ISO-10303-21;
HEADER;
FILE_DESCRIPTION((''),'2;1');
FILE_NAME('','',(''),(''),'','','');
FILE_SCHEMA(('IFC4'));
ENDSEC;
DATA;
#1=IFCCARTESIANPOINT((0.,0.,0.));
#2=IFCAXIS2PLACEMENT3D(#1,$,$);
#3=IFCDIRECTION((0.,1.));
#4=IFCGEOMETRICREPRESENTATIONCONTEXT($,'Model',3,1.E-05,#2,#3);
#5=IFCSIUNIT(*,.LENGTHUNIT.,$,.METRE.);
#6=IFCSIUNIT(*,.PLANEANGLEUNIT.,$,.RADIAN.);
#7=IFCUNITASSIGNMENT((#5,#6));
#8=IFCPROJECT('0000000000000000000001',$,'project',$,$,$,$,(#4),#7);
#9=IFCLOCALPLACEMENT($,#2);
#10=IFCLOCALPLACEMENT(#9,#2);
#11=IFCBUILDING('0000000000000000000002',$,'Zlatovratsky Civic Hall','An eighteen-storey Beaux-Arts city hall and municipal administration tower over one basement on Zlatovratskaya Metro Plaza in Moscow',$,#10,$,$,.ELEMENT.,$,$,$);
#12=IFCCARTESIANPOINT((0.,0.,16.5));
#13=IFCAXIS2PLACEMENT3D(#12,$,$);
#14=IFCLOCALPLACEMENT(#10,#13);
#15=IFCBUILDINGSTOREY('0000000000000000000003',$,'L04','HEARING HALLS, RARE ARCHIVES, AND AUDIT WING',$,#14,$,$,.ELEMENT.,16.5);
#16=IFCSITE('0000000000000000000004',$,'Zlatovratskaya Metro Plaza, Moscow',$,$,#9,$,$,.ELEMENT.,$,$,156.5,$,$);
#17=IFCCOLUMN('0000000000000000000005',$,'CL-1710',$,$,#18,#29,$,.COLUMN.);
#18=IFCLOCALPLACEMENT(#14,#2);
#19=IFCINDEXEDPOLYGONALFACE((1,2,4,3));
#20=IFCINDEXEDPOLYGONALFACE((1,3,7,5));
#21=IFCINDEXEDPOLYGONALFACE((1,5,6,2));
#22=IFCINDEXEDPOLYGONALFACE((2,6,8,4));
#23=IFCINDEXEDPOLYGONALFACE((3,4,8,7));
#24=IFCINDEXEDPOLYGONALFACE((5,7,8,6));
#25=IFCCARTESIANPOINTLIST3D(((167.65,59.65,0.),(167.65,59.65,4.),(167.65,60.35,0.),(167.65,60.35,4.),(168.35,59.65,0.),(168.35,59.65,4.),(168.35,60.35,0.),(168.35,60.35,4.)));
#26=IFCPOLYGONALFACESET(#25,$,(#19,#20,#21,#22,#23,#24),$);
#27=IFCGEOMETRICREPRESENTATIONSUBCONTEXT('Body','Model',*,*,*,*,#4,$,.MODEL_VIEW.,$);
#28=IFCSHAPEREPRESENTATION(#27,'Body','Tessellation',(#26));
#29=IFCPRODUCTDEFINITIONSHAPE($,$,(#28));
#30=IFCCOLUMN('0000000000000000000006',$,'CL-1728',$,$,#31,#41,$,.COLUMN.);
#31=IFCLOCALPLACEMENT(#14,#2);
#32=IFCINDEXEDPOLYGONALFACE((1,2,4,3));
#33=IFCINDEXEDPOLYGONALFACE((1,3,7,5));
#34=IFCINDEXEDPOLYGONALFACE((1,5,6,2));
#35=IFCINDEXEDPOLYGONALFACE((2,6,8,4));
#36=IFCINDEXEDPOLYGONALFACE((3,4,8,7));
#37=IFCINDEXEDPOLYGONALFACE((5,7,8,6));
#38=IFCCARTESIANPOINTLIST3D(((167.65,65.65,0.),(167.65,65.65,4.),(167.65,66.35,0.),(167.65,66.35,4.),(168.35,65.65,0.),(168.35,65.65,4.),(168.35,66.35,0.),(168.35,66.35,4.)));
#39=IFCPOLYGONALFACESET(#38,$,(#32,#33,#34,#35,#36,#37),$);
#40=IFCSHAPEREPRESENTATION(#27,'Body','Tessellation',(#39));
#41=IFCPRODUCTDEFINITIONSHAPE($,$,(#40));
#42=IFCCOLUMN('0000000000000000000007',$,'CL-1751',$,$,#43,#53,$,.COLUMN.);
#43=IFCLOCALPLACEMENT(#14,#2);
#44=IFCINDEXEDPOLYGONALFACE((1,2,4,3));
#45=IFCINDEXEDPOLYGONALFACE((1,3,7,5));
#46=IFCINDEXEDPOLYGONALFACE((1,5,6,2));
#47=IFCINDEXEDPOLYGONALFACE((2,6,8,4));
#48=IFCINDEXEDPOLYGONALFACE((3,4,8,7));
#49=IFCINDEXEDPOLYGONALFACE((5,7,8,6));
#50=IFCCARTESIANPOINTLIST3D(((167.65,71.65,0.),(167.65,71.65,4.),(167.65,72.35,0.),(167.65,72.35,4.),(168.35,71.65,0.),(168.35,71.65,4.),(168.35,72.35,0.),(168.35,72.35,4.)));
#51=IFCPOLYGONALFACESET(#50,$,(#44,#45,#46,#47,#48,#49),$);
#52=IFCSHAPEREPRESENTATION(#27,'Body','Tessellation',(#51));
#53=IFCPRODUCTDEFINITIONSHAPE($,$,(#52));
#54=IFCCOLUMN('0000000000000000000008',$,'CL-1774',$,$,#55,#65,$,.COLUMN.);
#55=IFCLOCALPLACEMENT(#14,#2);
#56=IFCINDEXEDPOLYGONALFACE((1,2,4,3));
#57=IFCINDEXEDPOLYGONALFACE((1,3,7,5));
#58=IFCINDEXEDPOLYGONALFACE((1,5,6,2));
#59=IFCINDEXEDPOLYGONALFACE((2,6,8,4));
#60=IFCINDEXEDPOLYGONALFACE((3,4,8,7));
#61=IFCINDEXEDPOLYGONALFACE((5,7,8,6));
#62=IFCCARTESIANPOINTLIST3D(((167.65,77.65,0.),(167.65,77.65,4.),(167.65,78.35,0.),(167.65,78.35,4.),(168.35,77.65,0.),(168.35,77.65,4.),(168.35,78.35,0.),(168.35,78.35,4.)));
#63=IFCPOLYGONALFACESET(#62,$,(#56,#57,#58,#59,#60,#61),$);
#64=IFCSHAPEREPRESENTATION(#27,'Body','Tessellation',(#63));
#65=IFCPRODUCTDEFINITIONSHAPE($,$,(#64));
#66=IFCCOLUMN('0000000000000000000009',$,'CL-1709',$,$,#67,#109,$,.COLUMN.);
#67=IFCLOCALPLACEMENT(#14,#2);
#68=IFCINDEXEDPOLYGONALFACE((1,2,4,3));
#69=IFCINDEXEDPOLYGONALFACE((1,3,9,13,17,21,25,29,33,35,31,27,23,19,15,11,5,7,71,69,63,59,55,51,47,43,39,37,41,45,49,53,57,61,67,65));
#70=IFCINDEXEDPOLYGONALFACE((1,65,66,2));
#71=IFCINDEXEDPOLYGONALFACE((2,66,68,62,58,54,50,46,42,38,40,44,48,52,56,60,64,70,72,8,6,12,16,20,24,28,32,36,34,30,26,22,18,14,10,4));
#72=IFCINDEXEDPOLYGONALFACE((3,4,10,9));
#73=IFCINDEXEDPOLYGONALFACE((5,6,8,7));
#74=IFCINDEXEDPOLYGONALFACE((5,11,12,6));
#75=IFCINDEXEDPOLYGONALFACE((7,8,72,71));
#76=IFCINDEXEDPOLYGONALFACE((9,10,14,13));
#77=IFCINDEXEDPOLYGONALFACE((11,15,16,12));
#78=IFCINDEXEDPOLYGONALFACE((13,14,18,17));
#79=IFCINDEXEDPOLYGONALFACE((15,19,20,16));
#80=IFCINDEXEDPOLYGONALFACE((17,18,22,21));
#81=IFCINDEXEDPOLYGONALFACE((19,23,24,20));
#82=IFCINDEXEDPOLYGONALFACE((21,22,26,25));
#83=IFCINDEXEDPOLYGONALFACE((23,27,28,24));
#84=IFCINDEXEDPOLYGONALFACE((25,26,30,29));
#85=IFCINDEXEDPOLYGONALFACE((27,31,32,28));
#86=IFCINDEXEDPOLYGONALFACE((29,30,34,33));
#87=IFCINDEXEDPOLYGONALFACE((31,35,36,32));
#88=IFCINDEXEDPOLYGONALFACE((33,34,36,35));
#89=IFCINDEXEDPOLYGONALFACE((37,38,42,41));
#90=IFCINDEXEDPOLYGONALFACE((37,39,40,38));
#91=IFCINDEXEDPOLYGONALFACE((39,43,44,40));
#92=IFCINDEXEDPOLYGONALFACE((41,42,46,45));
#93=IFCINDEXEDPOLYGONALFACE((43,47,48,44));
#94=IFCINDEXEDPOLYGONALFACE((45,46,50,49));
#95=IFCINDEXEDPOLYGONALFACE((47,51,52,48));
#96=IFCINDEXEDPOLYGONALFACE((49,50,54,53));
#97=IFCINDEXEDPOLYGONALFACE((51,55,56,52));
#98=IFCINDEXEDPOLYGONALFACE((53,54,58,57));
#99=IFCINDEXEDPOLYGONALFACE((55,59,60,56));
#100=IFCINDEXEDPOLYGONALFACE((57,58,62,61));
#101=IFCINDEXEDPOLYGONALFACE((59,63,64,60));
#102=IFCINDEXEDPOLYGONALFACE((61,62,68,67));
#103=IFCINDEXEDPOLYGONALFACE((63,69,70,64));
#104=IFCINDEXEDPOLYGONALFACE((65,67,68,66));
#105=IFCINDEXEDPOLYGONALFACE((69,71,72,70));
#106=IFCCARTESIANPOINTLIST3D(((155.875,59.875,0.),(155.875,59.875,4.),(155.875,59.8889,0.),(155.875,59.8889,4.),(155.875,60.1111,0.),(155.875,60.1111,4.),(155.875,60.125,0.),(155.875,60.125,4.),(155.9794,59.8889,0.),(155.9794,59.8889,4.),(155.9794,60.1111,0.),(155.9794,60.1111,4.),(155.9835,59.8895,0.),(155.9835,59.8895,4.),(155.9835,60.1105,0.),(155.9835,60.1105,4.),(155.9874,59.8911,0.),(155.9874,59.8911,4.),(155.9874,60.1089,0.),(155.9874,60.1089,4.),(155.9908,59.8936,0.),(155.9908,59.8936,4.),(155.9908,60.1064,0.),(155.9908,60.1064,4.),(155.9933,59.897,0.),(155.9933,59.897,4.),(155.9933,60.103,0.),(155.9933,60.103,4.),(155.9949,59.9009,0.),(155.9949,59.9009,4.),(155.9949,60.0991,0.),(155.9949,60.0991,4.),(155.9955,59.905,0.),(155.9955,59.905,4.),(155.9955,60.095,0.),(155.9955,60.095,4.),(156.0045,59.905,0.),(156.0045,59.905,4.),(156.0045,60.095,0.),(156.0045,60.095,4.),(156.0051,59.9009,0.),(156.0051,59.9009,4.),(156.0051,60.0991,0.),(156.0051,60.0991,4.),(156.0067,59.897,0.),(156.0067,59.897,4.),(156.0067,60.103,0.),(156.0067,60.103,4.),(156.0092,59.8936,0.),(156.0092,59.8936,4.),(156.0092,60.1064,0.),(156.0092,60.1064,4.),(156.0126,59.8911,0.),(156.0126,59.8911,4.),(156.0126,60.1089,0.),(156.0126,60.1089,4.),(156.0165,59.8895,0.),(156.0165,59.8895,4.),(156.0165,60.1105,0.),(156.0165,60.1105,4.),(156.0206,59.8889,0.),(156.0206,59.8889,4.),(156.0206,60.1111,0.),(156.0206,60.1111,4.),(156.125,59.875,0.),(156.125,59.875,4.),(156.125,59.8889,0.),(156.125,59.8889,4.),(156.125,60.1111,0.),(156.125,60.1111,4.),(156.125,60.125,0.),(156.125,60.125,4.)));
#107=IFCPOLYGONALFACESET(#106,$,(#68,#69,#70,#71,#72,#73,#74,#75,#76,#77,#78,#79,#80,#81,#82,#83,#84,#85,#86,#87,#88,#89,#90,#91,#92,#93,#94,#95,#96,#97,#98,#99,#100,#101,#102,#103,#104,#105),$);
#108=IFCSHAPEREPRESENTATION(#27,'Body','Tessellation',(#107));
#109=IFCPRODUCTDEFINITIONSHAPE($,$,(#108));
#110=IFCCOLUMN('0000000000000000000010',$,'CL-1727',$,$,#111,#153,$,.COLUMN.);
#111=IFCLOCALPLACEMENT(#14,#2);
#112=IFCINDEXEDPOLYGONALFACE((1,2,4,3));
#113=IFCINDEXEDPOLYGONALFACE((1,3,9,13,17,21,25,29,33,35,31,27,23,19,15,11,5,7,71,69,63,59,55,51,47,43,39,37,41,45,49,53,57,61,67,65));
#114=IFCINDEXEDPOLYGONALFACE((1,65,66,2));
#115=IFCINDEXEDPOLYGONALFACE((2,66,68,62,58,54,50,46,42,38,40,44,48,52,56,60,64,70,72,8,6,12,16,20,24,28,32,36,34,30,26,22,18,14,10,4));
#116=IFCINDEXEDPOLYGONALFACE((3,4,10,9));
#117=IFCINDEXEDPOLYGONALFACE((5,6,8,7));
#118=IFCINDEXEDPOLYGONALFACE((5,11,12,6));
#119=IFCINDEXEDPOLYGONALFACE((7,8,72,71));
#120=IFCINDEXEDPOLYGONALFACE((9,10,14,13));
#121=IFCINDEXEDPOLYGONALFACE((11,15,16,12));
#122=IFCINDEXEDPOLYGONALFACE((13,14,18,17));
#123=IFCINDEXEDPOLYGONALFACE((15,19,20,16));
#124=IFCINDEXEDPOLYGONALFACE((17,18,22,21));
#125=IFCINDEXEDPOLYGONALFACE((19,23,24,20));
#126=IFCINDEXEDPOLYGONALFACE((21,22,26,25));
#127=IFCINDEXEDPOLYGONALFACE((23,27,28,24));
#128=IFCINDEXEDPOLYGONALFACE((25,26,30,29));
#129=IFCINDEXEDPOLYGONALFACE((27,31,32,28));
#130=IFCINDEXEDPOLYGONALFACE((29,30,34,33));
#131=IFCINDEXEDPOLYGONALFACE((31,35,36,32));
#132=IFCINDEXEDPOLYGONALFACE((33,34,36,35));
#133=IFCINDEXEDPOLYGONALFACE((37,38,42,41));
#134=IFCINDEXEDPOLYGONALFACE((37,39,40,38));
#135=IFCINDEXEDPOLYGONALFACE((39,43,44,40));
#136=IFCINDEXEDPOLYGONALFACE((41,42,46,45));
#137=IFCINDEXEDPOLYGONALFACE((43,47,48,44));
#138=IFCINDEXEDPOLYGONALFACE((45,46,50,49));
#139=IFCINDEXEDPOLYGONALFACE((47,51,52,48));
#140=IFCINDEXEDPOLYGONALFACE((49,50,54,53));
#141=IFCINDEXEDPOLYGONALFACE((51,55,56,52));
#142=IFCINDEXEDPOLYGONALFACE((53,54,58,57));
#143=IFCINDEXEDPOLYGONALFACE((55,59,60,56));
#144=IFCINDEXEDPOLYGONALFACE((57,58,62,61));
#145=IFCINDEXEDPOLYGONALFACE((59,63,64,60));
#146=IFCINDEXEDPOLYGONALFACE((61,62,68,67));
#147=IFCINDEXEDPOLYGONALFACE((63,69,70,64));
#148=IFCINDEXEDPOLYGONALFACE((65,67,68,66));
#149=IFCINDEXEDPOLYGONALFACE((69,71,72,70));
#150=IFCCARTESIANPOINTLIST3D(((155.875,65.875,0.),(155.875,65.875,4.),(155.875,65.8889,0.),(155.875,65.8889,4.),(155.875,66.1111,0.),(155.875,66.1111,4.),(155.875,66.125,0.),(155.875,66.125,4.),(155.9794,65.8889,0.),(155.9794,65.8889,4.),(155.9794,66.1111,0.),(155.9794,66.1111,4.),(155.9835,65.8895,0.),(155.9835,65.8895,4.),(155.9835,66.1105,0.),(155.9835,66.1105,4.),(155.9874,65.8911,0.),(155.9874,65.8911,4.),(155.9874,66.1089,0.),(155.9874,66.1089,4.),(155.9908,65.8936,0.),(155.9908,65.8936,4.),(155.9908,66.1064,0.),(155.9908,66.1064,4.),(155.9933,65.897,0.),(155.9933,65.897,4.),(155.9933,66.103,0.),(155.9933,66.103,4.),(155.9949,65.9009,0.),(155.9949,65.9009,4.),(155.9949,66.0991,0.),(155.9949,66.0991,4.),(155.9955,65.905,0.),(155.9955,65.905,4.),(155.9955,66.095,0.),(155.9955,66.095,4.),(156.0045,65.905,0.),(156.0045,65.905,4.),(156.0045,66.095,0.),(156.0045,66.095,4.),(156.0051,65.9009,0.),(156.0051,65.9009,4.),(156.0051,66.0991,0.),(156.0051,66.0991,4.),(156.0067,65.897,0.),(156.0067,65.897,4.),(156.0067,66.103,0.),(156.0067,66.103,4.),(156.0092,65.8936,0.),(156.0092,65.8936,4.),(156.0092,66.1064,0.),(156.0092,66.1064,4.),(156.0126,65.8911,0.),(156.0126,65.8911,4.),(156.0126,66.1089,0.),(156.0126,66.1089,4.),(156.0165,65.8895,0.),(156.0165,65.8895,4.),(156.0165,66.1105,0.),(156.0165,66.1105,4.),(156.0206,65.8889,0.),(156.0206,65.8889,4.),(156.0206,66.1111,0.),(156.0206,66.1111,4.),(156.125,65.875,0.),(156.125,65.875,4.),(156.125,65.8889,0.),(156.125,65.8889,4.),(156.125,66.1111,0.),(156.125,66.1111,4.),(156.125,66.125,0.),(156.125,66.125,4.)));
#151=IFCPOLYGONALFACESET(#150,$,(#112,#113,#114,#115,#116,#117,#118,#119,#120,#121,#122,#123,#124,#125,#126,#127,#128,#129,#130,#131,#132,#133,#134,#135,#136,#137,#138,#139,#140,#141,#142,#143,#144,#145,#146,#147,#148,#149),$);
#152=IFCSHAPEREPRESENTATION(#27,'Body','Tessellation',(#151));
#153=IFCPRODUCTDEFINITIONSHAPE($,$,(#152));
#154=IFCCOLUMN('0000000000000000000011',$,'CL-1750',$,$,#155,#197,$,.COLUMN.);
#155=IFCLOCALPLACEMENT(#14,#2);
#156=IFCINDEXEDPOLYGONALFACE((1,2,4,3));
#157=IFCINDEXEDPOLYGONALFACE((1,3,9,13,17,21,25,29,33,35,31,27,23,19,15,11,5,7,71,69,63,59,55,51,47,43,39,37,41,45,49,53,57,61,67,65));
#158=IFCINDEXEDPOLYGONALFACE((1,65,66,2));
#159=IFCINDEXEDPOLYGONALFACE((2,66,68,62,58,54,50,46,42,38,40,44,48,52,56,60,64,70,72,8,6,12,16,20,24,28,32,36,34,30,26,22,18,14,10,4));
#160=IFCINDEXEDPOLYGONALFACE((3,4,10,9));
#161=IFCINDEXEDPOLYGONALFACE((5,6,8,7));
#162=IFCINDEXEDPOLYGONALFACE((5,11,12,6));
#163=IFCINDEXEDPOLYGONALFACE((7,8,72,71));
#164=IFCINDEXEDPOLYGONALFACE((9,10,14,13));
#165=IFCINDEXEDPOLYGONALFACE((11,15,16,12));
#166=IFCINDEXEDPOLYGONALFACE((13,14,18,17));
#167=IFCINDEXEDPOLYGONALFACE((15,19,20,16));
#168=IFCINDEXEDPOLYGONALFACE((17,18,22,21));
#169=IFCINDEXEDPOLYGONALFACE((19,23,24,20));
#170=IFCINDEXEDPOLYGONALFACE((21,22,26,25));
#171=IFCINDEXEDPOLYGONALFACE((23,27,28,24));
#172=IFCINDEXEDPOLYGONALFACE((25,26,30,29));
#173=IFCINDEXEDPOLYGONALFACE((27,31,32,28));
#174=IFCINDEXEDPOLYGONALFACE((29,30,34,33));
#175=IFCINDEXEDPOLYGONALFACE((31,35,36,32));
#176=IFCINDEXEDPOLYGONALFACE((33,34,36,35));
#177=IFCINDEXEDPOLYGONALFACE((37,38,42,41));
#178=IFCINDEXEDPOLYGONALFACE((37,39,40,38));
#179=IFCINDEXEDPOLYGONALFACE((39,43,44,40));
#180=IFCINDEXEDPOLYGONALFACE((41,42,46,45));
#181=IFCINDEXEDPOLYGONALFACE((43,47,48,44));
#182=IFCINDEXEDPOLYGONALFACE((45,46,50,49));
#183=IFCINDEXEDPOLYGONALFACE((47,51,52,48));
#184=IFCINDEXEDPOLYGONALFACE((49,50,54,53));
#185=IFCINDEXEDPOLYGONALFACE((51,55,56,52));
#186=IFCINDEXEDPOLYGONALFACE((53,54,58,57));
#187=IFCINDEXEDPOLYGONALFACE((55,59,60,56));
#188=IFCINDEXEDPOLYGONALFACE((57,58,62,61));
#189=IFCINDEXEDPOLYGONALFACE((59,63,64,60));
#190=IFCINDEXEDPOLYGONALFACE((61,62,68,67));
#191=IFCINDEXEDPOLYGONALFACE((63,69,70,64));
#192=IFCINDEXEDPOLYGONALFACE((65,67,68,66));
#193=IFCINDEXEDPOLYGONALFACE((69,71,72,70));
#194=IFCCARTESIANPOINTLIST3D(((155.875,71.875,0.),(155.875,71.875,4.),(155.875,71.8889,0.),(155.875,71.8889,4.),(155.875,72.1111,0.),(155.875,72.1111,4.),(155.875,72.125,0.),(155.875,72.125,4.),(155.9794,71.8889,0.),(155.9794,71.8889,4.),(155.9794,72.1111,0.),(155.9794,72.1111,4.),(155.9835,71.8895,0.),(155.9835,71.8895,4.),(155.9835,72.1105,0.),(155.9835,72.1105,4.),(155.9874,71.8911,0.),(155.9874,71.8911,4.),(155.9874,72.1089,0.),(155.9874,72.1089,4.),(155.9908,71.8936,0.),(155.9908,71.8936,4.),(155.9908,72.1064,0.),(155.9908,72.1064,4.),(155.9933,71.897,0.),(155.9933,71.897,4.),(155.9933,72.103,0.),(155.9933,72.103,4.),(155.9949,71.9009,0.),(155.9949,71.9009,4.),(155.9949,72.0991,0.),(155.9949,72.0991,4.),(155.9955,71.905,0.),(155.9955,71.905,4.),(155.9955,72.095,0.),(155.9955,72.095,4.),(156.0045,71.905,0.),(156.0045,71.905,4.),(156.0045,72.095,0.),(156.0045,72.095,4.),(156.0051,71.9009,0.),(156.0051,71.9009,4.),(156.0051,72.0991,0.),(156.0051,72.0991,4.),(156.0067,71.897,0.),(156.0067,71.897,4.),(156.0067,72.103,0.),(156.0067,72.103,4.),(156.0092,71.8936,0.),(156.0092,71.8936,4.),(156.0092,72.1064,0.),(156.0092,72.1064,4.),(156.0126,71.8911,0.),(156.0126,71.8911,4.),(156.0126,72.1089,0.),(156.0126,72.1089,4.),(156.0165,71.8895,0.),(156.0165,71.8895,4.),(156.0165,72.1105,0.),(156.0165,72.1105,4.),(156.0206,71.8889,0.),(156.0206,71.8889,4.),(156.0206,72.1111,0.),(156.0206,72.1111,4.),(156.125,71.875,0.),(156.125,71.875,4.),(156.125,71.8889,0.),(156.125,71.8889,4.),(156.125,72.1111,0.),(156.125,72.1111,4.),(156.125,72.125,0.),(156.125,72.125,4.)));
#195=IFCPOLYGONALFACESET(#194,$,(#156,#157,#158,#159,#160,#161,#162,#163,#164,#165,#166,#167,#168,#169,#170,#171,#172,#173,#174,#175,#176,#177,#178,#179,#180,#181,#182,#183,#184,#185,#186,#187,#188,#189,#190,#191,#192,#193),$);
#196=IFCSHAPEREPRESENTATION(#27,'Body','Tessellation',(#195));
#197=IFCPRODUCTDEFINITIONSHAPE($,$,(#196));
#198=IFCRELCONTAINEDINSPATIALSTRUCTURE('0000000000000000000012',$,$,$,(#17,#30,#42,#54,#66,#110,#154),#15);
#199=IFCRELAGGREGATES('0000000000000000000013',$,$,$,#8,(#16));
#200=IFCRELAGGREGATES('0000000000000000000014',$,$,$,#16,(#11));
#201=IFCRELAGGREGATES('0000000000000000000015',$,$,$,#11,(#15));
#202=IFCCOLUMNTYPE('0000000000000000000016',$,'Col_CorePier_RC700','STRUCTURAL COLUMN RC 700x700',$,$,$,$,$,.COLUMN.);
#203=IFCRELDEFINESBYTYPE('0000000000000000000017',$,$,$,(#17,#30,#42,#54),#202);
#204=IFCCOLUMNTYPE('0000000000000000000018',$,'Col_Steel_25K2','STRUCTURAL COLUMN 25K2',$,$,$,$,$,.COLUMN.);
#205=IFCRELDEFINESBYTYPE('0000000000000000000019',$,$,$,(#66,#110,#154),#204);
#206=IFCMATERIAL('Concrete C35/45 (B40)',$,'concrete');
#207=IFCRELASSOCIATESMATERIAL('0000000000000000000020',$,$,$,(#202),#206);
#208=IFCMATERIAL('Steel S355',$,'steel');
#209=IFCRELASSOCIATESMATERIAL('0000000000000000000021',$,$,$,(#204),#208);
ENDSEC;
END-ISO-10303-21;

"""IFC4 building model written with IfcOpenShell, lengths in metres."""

from ifc_helpers import new_model, si_unit, direction, frame, origin, origin_2d, place, context, subcontext, project, spatial, rectangle, i_section, extrude, material, material_profile, profile_set, type_object, element, save


model = new_model("IFC4")

# Units and contexts
model_context = context("Model", 3, precision=1e-05, world=origin(), true_north=direction((0.0, 1.0)))
body_context = subcontext(model_context, "Body", "Model", "MODEL_VIEW")
ifc_project = project(units=[si_unit("LENGTHUNIT", "METRE"), si_unit("PLANEANGLEUNIT", "RADIAN")], contexts=[model_context])

# Site, building, storey
site_placement = place(None, origin())
site = spatial("IfcSite", under=ifc_project, at=site_placement, Name="Zlatovratskaya Metro Plaza, Moscow", CompositionType="ELEMENT", RefElevation=156.5)
building_placement = place(site_placement, origin())
building = spatial("IfcBuilding", under=site, at=building_placement, Name="Zlatovratsky Civic Hall", Description="An eighteen-storey Beaux-Arts city hall and municipal administration tower over one basement on Zlatovratskaya Metro Plaza in Moscow", CompositionType="ELEMENT")
storey_placement = place(building_placement, frame((0.0, 0.0, 16.5)))
storey = spatial("IfcBuildingStorey", under=building, at=storey_placement, Name="L04", Description="HEARING HALLS, RARE ARCHIVES, AND AUDIT WING", CompositionType="ELEMENT", Elevation=16.5)

# Columns
ifc_material_1 = material(Name="Concrete C35/45 (B40)", Category="concrete")
ifc_material_profile_1 = material_profile(ifc_material_1, rectangle(XDim=0.7, YDim=0.7, at=origin_2d()), Name="RC 700x700")
ifc_profile_set_1 = profile_set([ifc_material_profile_1], Name="Concrete C35/45 (B40)")
column_type_1 = type_object("IfcColumnType", Name="Col_CorePier_RC700", Description="STRUCTURAL COLUMN RC 700x700", PredefinedType="COLUMN", material=ifc_profile_set_1)
for number, where, z_axis, x_axis, name in (
    (1, (168.0, 60.0, 0.0), (0.0, 0.0, 1.0), (1.0, 0.0, 0.0), "CL-1710"),
    (2, (168.0, 66.0, 0.0), (0.0, 0.0, 1.0), (1.0, 0.0, 0.0), "CL-1728"),
    (3, (168.0, 72.0, 0.0), (0.0, 0.0, 1.0), (1.0, 0.0, 0.0), "CL-1751"),
    (4, (168.0, 78.0, 0.0), (0.0, 0.0, 1.0), (1.0, 0.0, 0.0), "CL-1774"),
):
    element("IfcColumn", number, at=place(storey_placement, frame(where, z_axis=z_axis, x_axis=x_axis)), inside=storey, type_object=column_type_1, Name=name, PredefinedType="COLUMN", context=body_context, shape_type="SweptSolid", body=[
        extrude(rectangle(XDim=0.7, YDim=0.7, at=origin_2d()), origin(), (0.0, 0.0, 1.0), 4.0),
    ])
ifc_material_2 = material(Name="Steel S355", Category="steel")
ifc_material_profile_2 = material_profile(ifc_material_2, i_section(OverallWidth=0.25, OverallDepth=0.25, WebThickness=0.009, FlangeThickness=0.0139, FilletRadius=0.0161, at=origin_2d()), Name="25K2")
ifc_profile_set_2 = profile_set([ifc_material_profile_2], Name="Steel S355")
column_type_2 = type_object("IfcColumnType", Name="Col_Steel_25K2", Description="STRUCTURAL COLUMN 25K2", PredefinedType="COLUMN", material=ifc_profile_set_2)
for number, where, z_axis, x_axis, name in (
    (5, (156.0, 60.0, 0.0), (0.0, 0.0, 1.0), (1.0, 0.0, 0.0), "CL-1709"),
    (6, (156.0, 66.0, 0.0), (0.0, 0.0, 1.0), (1.0, 0.0, 0.0), "CL-1727"),
    (7, (156.0, 72.0, 0.0), (0.0, 0.0, 1.0), (1.0, 0.0, 0.0), "CL-1750"),
):
    element("IfcColumn", number, at=place(storey_placement, frame(where, z_axis=z_axis, x_axis=x_axis)), inside=storey, type_object=column_type_2, Name=name, PredefinedType="COLUMN", context=body_context, shape_type="SweptSolid", body=[
        extrude(i_section(OverallWidth=0.25, OverallDepth=0.25, WebThickness=0.009, FlangeThickness=0.0139, FilletRadius=0.0161, at=origin_2d()), origin(), (0.0, 0.0, 1.0), 4.0),
    ])

save(model, "model.ifc")
